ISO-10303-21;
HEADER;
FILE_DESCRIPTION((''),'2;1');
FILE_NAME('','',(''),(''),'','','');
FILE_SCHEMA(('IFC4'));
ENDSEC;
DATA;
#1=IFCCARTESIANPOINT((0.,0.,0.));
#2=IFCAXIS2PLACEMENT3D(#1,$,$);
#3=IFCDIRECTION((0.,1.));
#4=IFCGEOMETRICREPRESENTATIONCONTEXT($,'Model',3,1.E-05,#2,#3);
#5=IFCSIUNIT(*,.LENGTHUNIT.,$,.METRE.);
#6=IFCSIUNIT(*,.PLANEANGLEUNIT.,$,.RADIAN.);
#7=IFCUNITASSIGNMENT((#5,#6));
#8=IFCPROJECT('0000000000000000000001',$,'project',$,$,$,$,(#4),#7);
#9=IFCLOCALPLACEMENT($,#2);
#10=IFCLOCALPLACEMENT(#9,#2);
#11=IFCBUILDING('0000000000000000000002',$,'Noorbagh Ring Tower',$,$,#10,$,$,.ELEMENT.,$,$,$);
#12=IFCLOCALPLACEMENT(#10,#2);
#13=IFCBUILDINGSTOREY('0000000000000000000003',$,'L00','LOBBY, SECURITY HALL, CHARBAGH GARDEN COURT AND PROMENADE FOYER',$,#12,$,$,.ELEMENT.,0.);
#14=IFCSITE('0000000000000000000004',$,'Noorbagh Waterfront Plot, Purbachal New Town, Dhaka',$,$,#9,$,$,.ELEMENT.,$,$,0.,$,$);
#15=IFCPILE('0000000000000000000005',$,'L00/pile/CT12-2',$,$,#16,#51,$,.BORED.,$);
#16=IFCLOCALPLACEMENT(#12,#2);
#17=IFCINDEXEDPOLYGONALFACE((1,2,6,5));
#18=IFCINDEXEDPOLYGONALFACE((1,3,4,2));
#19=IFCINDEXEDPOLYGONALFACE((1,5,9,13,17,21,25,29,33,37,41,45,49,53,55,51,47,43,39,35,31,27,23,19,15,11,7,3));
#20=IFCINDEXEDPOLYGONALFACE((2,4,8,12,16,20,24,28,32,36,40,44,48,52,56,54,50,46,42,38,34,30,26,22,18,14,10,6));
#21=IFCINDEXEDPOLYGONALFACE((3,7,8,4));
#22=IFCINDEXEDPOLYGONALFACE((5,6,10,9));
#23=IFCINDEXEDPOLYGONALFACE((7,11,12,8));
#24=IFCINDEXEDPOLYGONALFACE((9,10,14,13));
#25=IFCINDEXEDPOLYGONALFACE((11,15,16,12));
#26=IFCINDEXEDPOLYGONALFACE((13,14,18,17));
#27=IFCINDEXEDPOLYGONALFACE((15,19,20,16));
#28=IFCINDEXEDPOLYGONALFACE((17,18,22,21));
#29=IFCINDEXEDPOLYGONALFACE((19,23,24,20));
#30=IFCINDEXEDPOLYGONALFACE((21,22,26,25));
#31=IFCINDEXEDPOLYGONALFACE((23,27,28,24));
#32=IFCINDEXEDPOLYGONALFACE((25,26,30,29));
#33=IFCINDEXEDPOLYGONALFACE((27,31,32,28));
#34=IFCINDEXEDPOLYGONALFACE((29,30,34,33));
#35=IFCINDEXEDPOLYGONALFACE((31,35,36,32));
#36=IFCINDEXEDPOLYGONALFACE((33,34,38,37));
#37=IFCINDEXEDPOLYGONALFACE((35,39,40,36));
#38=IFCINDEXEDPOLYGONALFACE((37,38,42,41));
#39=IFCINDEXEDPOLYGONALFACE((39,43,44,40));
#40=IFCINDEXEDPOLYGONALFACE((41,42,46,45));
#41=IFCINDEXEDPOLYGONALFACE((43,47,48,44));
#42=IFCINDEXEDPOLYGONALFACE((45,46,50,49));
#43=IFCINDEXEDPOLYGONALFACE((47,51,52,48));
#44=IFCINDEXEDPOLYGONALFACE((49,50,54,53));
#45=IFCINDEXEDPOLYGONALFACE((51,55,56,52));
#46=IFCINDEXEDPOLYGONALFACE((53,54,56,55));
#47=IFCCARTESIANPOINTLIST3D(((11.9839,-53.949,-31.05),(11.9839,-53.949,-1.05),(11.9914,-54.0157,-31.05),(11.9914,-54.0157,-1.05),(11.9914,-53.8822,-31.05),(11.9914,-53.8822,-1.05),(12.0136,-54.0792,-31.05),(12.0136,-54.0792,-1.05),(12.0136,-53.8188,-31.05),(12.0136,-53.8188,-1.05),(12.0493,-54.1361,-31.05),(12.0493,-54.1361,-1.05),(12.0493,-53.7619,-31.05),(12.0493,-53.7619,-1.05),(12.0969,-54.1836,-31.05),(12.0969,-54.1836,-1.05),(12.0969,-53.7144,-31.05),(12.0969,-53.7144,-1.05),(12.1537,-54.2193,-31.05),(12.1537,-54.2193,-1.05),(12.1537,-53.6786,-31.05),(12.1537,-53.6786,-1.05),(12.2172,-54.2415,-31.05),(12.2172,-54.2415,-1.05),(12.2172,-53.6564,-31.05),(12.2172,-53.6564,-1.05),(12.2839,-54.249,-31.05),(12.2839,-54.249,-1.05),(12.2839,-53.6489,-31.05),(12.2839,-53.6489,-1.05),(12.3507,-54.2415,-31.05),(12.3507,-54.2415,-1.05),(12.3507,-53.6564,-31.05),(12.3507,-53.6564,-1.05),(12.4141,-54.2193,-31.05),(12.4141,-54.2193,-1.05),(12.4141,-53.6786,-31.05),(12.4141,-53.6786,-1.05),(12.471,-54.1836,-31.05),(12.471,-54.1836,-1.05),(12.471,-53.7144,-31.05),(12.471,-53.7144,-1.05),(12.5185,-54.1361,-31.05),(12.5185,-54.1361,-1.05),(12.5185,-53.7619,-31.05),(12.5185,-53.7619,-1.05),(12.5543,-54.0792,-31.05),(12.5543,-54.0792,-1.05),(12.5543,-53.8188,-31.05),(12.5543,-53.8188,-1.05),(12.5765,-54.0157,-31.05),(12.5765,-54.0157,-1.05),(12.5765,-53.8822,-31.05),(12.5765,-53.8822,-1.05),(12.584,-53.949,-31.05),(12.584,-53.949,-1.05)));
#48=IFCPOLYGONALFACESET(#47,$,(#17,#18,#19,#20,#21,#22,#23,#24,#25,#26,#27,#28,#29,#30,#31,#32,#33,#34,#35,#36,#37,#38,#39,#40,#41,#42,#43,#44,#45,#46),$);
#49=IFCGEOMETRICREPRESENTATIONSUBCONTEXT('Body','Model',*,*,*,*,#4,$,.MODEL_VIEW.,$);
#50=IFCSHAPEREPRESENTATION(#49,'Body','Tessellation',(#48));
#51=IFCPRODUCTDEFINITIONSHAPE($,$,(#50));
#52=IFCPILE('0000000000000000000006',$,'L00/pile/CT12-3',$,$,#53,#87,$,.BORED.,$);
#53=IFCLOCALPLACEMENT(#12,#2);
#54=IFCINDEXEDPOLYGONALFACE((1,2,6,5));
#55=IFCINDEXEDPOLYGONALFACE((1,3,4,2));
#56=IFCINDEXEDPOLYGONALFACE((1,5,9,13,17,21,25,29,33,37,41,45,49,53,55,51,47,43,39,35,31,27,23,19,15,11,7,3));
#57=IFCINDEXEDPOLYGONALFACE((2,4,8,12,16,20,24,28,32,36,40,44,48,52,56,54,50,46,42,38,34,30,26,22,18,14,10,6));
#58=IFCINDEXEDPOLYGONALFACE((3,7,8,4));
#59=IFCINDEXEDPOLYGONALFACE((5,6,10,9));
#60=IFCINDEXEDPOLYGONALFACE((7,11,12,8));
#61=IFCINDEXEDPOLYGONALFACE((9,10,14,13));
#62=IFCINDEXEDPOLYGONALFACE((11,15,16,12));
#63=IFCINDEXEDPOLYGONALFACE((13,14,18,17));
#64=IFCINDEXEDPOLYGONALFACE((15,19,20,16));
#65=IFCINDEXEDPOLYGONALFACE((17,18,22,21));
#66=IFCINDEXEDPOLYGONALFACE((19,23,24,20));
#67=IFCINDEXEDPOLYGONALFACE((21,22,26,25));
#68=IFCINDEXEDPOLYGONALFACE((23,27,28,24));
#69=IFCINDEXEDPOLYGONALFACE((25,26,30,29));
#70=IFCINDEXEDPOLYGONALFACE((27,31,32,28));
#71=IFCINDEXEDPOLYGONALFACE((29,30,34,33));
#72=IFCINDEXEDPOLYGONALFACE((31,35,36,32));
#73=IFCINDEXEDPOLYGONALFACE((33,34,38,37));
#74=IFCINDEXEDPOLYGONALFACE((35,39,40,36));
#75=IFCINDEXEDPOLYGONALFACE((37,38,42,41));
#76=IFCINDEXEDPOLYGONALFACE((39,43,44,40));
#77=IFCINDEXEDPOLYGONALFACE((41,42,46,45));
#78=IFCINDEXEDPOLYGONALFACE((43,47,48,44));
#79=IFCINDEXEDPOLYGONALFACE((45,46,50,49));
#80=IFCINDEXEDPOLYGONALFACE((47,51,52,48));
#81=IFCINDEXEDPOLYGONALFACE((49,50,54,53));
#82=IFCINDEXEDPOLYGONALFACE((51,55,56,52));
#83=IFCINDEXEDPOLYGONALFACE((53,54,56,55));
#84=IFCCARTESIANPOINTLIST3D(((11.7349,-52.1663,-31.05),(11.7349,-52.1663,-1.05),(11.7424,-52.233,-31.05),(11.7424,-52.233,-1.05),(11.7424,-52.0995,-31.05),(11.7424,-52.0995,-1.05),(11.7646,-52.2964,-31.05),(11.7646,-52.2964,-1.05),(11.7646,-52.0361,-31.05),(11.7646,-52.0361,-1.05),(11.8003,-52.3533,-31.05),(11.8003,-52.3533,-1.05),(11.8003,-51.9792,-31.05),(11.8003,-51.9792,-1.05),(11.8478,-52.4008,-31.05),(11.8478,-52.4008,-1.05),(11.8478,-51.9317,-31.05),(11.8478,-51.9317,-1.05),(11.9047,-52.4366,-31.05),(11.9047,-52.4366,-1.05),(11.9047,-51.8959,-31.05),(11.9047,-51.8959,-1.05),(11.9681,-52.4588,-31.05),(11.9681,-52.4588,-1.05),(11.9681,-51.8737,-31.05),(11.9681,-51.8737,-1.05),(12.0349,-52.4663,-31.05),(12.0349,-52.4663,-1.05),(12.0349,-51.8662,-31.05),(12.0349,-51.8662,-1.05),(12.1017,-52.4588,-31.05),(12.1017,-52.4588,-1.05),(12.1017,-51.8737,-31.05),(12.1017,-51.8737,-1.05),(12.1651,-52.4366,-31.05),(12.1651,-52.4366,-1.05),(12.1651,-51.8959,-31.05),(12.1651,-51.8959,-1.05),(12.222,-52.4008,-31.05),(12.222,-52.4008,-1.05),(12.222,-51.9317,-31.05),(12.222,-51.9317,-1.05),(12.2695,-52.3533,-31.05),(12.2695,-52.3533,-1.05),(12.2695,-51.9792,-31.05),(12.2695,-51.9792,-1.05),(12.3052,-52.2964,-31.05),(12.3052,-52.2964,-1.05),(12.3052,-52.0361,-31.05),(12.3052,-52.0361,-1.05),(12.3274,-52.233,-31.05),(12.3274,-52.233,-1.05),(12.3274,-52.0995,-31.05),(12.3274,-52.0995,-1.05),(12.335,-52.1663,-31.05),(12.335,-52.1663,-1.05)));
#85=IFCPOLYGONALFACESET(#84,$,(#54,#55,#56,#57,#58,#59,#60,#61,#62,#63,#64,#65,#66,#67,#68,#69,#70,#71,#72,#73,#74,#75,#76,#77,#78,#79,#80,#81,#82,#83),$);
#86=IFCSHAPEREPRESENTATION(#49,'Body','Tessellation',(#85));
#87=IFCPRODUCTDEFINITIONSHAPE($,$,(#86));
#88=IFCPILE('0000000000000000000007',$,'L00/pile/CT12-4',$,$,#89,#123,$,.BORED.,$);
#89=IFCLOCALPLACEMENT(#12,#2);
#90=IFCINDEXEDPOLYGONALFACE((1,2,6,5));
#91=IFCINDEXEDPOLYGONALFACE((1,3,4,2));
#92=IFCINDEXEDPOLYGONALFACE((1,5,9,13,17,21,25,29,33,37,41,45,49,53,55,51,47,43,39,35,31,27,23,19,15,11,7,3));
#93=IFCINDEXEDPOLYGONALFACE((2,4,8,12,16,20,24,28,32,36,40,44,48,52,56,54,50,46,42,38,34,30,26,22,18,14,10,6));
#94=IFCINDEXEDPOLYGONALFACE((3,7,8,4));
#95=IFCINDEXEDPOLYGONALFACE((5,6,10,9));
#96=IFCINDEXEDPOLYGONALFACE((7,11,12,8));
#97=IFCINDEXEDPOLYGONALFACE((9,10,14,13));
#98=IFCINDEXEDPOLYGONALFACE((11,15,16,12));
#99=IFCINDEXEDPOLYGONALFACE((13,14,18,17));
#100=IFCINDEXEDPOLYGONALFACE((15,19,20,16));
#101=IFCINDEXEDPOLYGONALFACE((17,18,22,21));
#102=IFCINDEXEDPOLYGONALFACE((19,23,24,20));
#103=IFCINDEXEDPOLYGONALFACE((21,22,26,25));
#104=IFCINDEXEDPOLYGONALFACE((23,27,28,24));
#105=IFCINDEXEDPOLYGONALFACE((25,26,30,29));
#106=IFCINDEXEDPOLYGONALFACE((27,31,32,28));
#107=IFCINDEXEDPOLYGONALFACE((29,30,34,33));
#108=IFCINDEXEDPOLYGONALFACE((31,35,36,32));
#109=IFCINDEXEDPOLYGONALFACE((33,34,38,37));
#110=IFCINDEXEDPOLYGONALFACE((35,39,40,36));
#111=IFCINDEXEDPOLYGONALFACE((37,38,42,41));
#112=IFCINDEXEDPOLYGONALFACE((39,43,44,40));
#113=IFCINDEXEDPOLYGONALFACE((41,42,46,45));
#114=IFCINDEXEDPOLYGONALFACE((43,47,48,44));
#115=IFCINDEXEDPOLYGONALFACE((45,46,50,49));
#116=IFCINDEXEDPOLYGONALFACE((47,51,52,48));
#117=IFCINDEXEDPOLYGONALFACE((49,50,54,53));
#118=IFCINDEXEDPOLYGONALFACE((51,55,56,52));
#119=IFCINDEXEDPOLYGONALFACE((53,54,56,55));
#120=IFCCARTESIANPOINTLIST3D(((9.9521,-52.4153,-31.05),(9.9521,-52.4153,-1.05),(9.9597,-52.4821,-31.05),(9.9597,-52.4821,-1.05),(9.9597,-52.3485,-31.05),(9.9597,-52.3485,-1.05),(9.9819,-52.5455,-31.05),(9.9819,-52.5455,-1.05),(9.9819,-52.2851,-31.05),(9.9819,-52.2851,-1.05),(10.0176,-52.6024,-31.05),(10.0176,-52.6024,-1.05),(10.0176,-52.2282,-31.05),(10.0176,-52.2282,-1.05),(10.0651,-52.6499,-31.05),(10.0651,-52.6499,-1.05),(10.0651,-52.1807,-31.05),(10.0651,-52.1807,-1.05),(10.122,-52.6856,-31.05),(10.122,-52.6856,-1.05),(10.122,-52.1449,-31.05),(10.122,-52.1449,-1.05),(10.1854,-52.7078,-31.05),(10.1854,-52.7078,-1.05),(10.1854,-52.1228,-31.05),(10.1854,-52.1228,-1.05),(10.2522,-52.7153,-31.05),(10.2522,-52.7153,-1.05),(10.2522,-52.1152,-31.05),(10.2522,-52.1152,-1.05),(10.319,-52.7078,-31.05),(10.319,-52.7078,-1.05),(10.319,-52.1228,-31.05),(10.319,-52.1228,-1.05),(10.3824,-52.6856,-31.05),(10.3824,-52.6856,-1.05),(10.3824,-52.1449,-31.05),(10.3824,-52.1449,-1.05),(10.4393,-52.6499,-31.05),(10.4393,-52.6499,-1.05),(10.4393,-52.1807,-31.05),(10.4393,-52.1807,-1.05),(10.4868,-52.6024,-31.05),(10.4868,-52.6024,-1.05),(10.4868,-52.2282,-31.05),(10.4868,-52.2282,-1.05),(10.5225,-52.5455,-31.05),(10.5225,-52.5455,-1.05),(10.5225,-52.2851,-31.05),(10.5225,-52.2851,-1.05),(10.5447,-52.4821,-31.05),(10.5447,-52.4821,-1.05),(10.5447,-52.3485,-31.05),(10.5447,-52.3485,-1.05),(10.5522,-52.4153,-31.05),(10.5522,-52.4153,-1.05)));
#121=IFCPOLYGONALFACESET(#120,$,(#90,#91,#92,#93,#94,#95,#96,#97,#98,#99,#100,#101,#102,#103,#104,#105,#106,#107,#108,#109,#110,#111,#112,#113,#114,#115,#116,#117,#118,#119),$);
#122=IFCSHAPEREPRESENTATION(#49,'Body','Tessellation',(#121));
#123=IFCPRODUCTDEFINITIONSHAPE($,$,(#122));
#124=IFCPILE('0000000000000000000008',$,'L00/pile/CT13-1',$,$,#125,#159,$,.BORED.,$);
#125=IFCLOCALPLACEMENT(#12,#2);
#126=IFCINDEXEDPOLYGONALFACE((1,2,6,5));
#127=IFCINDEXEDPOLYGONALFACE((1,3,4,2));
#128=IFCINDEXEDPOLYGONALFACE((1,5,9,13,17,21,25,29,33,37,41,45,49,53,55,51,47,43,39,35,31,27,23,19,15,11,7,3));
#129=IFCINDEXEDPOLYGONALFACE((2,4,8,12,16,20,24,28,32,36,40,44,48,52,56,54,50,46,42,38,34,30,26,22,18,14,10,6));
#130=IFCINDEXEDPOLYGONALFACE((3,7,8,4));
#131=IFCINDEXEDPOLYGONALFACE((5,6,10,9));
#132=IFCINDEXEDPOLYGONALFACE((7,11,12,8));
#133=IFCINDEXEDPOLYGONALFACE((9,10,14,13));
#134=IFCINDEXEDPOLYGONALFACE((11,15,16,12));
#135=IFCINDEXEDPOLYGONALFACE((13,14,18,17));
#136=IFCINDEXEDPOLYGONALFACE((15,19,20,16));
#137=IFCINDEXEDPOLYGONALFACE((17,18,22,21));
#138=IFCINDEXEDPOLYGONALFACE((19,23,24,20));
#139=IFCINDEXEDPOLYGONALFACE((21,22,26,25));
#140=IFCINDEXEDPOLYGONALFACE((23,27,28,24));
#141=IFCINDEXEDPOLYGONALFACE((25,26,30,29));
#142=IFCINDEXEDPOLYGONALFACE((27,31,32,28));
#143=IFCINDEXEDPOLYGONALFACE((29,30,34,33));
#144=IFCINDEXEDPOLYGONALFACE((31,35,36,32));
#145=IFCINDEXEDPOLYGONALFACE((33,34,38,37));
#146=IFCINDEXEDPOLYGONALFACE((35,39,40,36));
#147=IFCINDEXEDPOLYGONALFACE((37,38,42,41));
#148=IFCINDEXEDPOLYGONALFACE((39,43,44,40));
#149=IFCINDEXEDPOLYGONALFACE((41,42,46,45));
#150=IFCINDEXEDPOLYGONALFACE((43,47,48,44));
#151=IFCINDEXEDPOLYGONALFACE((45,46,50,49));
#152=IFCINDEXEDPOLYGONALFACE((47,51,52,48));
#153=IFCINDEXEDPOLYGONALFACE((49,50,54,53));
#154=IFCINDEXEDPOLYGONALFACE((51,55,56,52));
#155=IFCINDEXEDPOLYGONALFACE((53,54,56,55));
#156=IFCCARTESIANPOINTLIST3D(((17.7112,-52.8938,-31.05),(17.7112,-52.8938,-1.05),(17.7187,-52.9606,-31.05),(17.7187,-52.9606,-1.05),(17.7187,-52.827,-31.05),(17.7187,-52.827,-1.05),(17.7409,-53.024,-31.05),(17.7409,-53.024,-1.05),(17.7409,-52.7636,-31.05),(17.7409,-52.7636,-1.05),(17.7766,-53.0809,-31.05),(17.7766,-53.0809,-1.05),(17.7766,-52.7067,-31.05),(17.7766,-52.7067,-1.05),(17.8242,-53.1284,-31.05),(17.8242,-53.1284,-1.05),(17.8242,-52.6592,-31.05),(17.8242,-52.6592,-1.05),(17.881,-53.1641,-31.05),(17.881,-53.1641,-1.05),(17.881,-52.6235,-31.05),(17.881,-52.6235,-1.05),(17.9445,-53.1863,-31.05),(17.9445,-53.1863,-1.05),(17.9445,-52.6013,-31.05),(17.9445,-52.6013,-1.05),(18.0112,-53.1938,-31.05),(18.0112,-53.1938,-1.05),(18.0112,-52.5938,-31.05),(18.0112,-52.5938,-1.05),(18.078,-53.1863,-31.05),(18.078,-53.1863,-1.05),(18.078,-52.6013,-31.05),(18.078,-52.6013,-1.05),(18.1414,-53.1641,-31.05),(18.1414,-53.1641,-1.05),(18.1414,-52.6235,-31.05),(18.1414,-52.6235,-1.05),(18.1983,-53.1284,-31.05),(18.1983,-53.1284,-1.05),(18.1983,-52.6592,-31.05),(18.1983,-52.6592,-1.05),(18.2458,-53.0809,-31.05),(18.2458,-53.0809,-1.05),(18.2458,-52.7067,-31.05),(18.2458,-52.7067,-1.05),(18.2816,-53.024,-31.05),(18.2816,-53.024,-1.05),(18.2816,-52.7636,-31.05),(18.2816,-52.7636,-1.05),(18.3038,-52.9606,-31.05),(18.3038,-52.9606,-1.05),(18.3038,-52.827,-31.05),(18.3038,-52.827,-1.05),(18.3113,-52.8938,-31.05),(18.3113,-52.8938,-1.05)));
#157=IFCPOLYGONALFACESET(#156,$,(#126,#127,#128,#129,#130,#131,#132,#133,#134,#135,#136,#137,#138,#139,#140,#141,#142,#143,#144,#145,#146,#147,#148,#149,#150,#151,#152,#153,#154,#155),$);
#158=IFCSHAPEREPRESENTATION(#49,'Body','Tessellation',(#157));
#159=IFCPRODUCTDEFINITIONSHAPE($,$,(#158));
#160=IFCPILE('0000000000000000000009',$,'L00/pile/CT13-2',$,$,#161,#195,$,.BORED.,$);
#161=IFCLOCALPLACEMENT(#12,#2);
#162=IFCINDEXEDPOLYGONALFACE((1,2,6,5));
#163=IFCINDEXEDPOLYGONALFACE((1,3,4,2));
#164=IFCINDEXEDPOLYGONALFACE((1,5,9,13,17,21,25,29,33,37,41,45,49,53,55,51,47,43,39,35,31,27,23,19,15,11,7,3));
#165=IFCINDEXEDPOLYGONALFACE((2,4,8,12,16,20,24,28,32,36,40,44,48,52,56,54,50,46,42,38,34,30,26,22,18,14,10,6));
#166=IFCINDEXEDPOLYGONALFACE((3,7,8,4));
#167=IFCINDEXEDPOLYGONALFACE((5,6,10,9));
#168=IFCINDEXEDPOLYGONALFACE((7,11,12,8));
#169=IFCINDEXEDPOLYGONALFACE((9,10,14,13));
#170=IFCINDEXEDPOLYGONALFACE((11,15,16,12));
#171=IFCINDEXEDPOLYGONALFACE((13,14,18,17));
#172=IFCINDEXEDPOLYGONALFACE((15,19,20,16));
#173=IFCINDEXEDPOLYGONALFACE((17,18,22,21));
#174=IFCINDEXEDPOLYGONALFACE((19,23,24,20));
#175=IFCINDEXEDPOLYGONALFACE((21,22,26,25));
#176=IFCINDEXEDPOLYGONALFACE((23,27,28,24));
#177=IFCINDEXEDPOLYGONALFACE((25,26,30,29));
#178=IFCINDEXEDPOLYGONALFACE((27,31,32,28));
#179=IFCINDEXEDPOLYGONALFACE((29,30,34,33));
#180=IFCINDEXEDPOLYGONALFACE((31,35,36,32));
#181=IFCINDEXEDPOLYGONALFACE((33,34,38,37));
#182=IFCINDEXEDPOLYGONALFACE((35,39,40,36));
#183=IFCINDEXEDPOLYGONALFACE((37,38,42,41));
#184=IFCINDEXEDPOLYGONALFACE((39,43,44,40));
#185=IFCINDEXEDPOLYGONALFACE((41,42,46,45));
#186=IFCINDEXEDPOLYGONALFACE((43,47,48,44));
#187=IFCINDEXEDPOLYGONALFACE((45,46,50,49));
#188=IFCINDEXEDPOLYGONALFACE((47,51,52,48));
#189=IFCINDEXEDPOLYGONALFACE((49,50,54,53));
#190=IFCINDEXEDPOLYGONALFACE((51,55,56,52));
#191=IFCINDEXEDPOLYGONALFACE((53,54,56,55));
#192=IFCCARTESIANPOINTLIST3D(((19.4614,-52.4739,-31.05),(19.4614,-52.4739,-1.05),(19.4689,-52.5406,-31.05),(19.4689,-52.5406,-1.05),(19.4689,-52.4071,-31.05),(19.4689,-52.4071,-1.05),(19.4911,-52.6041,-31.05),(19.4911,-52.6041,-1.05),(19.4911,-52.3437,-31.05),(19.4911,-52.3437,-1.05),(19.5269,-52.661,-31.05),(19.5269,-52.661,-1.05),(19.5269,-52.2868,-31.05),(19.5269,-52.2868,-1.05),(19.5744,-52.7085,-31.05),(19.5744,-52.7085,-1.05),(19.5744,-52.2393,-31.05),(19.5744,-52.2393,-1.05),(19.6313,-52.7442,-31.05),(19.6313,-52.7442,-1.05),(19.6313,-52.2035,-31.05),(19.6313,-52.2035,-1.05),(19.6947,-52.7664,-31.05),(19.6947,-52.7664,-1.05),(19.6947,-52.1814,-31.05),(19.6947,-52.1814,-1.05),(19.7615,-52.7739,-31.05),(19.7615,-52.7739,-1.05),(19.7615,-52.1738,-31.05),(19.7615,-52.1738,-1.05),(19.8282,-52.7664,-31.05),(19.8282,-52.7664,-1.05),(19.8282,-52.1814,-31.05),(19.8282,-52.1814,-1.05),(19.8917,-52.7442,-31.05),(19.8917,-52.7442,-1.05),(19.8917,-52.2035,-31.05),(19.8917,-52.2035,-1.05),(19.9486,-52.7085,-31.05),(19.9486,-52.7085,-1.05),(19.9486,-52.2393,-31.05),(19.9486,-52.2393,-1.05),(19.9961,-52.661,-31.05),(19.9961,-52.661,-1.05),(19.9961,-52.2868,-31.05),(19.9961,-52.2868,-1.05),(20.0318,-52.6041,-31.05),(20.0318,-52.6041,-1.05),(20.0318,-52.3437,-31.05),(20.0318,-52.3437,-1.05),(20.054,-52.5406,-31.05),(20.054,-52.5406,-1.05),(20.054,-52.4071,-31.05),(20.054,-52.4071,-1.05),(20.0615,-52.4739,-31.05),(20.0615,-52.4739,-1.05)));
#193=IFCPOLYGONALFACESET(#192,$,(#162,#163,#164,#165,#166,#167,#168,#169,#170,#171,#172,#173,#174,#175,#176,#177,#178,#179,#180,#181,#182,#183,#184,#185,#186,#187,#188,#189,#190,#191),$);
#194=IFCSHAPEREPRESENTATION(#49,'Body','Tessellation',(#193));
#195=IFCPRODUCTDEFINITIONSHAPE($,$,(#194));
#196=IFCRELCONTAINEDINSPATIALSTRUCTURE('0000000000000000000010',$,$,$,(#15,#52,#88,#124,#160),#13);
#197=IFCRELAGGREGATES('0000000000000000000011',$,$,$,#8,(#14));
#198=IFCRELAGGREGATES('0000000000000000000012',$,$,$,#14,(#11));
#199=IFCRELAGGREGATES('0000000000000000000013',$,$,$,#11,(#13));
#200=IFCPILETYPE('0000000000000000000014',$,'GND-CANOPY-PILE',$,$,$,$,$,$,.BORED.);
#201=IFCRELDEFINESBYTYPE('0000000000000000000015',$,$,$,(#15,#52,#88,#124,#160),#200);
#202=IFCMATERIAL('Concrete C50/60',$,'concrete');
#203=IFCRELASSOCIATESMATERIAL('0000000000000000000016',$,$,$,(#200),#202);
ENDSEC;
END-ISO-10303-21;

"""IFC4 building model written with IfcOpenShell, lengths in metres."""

from ifc_helpers import new_model, si_unit, direction, frame, origin, origin_2d, place, context, subcontext, project, spatial, circle, extrude, material, material_profile, profile_set, type_object, element, save


model = new_model("IFC4")

# Units and contexts
model_context = context("Model", 3, precision=1e-05, world=origin(), true_north=direction((0.0, 1.0)))
body_context = subcontext(model_context, "Body", "Model", "MODEL_VIEW")
ifc_project = project(units=[si_unit("LENGTHUNIT", "METRE"), si_unit("PLANEANGLEUNIT", "RADIAN")], contexts=[model_context])

# Site, building, storey
site_placement = place(None, origin())
site = spatial("IfcSite", under=ifc_project, at=site_placement, Name="Noorbagh Waterfront Plot, Purbachal New Town, Dhaka", CompositionType="ELEMENT", RefElevation=0.0)
building_placement = place(site_placement, origin())
building = spatial("IfcBuilding", under=site, at=building_placement, Name="Noorbagh Ring Tower", CompositionType="ELEMENT")
storey_placement = place(building_placement, origin())
storey = spatial("IfcBuildingStorey", under=building, at=storey_placement, Name="L00", Description="LOBBY, SECURITY HALL, CHARBAGH GARDEN COURT AND PROMENADE FOYER", CompositionType="ELEMENT", Elevation=0.0)

# Piles
ifc_material_1 = material(Name="Concrete C50/60", Category="concrete")
ifc_material_profile_1 = material_profile(ifc_material_1, circle(Radius=0.3, at=origin_2d()), Name="PILE600")
ifc_profile_set_1 = profile_set([ifc_material_profile_1], Name="Concrete C50/60")
pile_type = type_object("IfcPileType", Name="GND-CANOPY-PILE", PredefinedType="BORED", material=ifc_profile_set_1)
for number, where, z_axis, x_axis, name in (
    (1, (12.2839, -53.949, -1.05), (0.0, 0.0, -1.0), (1.0, 0.0, 0.0), "L00/pile/CT12-2"),
    (2, (12.0349, -52.1663, -1.05), (0.0, 0.0, -1.0), (1.0, 0.0, 0.0), "L00/pile/CT12-3"),
    (3, (10.2522, -52.4153, -1.05), (0.0, 0.0, -1.0), (1.0, 0.0, 0.0), "L00/pile/CT12-4"),
    (4, (18.0112, -52.8938, -1.05), (0.0, 0.0, -1.0), (1.0, 0.0, 0.0), "L00/pile/CT13-1"),
    (5, (19.7615, -52.4739, -1.05), (0.0, 0.0, -1.0), (1.0, 0.0, 0.0), "L00/pile/CT13-2"),
):
    element("IfcPile", number, at=place(storey_placement, frame(where, z_axis=z_axis, x_axis=x_axis)), inside=storey, type_object=pile_type, Name=name, PredefinedType="BORED", context=body_context, shape_type="SweptSolid", body=[
        extrude(circle(Radius=0.3, at=origin_2d()), origin(), (0.0, 0.0, 1.0), 30.0),
    ])

save(model, "model.ifc")
